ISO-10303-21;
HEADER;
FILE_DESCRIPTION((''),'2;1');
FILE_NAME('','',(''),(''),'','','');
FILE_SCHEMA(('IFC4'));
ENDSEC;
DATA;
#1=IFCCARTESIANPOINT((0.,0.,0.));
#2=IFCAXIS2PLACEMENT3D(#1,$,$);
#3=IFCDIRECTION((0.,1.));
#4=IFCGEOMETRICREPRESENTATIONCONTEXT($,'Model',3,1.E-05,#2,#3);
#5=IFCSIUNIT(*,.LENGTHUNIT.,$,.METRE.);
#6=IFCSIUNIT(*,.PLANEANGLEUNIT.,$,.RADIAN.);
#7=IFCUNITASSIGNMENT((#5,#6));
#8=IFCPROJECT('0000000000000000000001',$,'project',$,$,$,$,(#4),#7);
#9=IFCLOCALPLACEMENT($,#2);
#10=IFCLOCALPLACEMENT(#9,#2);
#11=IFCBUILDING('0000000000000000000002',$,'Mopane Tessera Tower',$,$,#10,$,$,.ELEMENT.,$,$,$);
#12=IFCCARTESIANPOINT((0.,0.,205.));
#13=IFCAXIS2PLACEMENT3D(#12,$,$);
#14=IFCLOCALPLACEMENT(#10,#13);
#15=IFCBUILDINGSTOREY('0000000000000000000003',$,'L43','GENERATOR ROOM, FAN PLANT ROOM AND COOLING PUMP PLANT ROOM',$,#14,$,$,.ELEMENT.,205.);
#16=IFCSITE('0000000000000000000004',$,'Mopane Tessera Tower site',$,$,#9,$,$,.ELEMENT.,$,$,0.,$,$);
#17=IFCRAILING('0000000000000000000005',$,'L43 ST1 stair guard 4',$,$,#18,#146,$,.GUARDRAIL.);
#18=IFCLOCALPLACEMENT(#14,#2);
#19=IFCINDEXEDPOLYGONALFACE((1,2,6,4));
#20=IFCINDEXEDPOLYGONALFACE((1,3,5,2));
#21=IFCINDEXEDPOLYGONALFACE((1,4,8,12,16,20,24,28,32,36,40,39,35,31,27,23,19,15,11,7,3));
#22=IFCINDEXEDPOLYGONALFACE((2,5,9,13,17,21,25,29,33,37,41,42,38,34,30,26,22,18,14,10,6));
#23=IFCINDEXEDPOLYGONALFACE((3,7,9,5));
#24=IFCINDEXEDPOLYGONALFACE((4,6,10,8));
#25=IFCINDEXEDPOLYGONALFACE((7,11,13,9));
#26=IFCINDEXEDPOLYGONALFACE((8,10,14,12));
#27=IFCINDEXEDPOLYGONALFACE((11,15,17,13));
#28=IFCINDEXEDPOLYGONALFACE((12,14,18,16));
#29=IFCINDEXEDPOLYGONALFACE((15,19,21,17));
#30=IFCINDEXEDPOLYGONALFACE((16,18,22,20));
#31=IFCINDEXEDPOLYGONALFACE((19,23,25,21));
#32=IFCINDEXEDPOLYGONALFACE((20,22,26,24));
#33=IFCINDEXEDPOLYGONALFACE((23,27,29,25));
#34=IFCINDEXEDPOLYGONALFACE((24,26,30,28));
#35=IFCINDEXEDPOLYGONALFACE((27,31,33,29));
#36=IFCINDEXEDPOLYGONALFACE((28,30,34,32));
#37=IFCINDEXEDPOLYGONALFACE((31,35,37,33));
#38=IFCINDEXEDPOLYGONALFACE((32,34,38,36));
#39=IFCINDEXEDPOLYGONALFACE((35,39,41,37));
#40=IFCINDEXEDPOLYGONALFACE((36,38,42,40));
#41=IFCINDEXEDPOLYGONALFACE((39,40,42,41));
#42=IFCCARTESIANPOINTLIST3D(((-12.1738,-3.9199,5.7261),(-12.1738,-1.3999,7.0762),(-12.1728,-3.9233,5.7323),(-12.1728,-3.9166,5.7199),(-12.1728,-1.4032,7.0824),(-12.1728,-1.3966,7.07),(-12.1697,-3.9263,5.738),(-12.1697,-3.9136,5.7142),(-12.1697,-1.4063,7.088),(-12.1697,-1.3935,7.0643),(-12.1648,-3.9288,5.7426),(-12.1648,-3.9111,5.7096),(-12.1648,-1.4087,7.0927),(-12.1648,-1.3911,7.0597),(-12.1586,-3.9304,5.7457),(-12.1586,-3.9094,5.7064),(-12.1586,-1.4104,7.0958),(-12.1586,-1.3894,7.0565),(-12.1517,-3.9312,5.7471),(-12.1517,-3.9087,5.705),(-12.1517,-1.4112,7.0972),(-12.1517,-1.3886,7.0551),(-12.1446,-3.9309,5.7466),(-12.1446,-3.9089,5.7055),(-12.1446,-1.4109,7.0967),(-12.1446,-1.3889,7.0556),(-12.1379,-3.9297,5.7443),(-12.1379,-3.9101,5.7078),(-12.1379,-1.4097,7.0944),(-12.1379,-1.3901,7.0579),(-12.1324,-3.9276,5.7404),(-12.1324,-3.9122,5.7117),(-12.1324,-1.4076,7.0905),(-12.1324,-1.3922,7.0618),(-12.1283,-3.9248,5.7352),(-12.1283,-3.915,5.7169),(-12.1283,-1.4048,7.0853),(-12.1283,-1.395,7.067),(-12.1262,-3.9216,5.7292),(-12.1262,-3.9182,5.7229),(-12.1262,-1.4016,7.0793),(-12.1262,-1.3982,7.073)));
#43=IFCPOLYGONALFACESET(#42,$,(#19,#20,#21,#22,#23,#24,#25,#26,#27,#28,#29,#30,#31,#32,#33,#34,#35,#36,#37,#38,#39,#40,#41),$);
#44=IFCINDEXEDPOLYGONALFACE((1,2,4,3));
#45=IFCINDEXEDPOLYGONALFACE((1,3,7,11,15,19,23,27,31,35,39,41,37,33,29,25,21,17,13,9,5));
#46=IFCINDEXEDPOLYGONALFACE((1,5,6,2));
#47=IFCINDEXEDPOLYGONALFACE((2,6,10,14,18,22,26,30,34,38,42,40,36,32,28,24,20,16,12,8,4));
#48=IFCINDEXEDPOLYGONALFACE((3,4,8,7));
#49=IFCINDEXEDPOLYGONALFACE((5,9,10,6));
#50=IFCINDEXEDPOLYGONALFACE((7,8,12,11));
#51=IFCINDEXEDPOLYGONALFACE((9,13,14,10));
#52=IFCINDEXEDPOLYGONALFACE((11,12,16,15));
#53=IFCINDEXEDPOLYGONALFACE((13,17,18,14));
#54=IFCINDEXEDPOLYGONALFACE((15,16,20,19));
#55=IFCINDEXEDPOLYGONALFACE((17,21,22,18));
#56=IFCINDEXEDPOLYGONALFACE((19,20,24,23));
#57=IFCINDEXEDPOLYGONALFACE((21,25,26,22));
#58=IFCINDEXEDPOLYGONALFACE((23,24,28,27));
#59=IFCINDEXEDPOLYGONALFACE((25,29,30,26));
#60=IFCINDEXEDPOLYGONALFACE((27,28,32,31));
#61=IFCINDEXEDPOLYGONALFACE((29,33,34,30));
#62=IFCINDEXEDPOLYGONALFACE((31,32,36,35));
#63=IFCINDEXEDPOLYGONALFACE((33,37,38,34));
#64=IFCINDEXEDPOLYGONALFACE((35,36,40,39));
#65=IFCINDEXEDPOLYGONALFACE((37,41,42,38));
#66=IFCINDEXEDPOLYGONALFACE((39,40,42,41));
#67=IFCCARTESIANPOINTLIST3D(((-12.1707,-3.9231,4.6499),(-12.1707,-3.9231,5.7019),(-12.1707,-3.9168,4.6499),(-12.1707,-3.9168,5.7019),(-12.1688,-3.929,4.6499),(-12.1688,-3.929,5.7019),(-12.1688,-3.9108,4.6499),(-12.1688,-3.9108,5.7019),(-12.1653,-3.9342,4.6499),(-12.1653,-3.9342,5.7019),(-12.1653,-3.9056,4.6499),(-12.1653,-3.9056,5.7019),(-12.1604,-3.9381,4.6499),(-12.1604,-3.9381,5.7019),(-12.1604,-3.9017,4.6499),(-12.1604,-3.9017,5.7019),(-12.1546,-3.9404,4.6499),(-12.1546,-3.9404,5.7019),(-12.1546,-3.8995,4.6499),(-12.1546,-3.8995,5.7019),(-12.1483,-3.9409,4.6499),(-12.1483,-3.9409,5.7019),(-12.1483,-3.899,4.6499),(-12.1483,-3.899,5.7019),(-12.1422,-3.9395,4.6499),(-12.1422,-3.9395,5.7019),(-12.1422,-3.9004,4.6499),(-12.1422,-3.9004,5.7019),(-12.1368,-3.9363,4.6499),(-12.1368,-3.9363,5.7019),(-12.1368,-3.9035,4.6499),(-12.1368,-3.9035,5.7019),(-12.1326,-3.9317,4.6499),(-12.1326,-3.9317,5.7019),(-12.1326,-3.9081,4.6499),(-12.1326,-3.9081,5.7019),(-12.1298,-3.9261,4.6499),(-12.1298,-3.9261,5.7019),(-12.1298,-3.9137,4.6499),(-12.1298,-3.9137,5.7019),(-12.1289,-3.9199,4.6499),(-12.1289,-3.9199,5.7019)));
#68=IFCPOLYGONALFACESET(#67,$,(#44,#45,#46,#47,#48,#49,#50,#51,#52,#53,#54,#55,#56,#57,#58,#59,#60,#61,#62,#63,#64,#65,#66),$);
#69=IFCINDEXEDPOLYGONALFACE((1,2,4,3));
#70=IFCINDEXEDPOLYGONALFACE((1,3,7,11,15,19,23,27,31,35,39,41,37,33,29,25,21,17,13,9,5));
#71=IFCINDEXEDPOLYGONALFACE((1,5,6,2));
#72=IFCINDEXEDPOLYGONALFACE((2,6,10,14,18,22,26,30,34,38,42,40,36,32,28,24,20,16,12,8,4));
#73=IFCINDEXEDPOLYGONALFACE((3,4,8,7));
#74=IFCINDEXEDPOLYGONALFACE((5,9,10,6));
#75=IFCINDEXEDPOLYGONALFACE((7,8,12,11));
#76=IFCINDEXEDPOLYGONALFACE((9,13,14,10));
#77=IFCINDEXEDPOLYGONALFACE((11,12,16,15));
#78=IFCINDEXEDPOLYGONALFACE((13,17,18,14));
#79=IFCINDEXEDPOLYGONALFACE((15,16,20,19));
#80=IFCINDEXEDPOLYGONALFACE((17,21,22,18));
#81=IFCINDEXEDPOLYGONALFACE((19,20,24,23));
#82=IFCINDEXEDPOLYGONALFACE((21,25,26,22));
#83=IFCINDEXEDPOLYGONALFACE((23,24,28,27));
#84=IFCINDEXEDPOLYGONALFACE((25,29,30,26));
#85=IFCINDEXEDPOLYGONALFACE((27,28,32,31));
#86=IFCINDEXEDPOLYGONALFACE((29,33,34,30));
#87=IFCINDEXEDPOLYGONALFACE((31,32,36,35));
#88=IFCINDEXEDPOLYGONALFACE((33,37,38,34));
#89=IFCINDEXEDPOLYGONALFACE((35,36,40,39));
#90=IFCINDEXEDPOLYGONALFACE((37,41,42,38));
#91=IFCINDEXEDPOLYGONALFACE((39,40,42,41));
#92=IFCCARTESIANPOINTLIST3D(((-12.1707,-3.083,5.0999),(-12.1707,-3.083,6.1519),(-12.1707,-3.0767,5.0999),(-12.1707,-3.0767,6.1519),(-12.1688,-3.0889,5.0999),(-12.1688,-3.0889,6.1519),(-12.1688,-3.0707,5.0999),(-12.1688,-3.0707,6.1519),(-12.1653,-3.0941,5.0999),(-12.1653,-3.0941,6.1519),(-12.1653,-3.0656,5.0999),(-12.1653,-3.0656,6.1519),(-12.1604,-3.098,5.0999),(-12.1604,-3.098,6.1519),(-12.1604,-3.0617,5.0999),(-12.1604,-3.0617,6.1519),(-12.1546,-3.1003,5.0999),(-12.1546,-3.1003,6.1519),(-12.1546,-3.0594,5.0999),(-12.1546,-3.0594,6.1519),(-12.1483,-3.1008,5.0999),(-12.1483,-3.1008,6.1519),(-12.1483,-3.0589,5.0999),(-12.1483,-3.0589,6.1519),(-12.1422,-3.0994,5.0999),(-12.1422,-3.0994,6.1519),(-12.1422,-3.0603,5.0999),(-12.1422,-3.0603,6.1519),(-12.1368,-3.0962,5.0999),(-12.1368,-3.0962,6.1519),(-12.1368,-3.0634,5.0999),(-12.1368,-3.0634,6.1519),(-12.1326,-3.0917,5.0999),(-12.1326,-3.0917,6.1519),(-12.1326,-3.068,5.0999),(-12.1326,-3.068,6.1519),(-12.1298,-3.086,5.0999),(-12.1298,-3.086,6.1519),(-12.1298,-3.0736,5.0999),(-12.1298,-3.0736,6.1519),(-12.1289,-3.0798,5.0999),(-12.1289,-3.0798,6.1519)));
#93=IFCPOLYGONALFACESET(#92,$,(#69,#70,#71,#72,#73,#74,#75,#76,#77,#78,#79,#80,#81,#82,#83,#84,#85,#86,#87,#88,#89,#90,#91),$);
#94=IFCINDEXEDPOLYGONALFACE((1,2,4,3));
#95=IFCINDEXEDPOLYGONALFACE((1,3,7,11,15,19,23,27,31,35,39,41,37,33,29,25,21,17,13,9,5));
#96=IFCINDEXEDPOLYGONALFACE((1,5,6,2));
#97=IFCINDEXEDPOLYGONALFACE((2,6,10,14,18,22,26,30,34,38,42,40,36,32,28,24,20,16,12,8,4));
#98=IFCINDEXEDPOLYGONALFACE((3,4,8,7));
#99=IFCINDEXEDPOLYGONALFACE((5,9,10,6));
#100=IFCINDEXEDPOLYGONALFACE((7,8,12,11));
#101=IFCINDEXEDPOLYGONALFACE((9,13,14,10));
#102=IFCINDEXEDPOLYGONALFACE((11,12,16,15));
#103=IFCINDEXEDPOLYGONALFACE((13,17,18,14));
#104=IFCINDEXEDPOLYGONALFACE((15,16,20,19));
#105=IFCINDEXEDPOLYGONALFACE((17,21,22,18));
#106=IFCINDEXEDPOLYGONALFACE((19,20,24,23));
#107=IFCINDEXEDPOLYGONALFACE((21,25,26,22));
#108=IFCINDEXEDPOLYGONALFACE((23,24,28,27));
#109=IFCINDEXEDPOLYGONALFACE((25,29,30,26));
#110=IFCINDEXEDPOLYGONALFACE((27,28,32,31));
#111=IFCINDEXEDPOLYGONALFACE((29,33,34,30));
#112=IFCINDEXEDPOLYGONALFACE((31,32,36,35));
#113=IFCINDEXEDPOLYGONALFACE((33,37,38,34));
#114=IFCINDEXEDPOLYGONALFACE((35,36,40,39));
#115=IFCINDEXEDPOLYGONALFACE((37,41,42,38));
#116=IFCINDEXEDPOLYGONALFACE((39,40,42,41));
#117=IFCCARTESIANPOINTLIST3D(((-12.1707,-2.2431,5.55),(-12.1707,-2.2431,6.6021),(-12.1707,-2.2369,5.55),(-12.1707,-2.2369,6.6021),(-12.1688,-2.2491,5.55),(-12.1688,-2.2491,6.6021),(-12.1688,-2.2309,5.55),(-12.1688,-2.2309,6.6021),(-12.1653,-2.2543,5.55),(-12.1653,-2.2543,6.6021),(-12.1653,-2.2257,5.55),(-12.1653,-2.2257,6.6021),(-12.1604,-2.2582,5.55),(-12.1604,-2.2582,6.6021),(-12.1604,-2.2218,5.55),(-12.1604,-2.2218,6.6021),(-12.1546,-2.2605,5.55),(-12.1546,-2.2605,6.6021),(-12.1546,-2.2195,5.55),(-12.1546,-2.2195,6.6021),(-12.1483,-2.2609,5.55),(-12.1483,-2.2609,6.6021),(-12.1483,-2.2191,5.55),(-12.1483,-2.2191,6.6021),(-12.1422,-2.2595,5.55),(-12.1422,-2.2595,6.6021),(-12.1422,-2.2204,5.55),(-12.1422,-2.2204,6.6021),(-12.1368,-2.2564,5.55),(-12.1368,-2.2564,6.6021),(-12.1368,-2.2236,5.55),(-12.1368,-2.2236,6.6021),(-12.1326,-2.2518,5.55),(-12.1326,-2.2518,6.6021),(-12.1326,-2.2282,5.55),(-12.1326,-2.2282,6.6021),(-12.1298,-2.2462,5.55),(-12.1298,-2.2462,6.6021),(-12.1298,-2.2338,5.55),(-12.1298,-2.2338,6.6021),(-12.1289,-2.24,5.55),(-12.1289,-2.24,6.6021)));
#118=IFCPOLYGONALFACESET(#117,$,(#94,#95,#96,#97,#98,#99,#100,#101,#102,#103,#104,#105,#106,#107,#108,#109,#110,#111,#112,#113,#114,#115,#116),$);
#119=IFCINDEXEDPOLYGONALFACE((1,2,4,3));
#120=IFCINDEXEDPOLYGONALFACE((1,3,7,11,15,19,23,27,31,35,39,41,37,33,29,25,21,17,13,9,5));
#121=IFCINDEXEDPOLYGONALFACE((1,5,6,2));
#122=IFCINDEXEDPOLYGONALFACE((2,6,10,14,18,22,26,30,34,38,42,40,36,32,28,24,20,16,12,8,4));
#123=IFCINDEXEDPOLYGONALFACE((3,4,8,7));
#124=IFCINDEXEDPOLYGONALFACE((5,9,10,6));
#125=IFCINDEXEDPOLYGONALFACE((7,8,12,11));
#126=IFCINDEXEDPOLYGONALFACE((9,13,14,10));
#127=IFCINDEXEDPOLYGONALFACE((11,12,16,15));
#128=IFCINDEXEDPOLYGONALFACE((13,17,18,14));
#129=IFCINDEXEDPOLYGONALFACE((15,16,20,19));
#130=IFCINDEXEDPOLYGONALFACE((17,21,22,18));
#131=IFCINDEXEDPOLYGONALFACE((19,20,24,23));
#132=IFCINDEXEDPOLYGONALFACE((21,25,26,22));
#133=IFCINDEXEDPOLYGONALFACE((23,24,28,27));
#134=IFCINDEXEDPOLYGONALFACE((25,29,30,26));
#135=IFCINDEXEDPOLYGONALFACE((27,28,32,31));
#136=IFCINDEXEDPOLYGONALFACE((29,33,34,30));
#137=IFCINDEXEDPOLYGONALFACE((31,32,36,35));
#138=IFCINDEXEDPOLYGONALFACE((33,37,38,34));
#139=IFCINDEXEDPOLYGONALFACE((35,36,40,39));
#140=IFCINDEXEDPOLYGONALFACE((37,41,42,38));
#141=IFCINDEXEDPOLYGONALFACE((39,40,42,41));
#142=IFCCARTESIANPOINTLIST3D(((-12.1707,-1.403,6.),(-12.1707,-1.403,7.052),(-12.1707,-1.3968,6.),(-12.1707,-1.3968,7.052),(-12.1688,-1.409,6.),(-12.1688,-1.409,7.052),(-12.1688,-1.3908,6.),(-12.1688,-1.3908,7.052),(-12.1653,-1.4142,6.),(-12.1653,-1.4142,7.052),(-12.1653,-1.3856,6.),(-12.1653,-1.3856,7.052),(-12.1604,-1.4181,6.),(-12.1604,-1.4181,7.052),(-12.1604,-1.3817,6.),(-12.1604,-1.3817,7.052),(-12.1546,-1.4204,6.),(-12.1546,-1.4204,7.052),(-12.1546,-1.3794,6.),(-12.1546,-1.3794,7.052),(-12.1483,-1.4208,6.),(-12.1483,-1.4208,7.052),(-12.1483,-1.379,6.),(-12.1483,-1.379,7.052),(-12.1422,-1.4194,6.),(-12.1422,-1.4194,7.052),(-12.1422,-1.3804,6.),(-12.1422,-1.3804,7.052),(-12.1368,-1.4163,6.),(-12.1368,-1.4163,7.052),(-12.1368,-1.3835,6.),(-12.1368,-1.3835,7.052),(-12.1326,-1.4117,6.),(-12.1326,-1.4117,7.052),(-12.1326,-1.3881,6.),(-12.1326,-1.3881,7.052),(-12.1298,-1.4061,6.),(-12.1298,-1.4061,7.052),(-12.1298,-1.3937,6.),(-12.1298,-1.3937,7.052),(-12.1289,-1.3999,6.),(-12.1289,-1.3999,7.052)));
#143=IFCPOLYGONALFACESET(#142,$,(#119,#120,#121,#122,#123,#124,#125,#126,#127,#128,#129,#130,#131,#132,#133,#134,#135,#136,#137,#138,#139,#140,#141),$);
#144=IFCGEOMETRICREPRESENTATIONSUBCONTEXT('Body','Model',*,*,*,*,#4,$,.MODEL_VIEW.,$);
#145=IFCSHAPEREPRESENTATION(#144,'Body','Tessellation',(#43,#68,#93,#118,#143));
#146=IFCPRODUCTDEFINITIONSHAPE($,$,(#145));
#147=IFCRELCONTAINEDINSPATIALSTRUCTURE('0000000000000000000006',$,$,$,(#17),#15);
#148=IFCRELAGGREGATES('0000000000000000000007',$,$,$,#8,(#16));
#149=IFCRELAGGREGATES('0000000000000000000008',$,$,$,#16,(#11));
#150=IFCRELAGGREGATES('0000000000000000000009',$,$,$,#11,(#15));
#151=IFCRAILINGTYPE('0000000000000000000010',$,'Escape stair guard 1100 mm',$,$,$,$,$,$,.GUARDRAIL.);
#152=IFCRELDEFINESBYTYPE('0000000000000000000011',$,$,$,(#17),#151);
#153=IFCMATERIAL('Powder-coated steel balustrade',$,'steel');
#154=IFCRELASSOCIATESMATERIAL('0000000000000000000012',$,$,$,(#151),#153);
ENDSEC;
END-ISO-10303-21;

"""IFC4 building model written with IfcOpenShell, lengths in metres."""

from ifc_helpers import new_model, si_unit, direction, frame, origin, origin_2d, place, context, subcontext, project, spatial, circle, extrude, material, type_object, element, save


model = new_model("IFC4")

# Units and contexts
model_context = context("Model", 3, precision=1e-05, world=origin(), true_north=direction((0.0, 1.0)))
body_context = subcontext(model_context, "Body", "Model", "MODEL_VIEW")
ifc_project = project(units=[si_unit("LENGTHUNIT", "METRE"), si_unit("PLANEANGLEUNIT", "RADIAN")], contexts=[model_context])

# Site, building, storey
site_placement = place(None, origin())
site = spatial("IfcSite", under=ifc_project, at=site_placement, Name="Mopane Tessera Tower site", CompositionType="ELEMENT", RefElevation=0.0)
building_placement = place(site_placement, origin())
building = spatial("IfcBuilding", under=site, at=building_placement, Name="Mopane Tessera Tower", CompositionType="ELEMENT")
storey_placement = place(building_placement, frame((0.0, 0.0, 205.0)))
storey = spatial("IfcBuildingStorey", under=building, at=storey_placement, Name="L43", Description="GENERATOR ROOM, FAN PLANT ROOM AND COOLING PUMP PLANT ROOM", CompositionType="ELEMENT", Elevation=205.0)

# Railing
ifc_material_1 = material(Name="Powder-coated steel balustrade", Category="steel")
railing_type_1 = type_object("IfcRailingType", Name="Escape stair guard 1100 mm", PredefinedType="GUARDRAIL", material=ifc_material_1)
railing_1_placement = place(storey_placement, frame((-12.1499, -3.9199, 4.6499)))
element("IfcRailing", 1, at=railing_1_placement, inside=storey, type_object=railing_type_1, Name="L43 ST1 stair guard 4", PredefinedType="GUARDRAIL", context=body_context, shape_type="SweptSolid", body=[
    extrude(circle(Radius=0.0239, at=origin_2d()), frame((0.0, 0.0, 1.0762), z_axis=(0.0, 0.881467, 0.472245), x_axis=(-1.0, 0.0, 0.0)), (0.0, 0.0, 1.0), 2.8589),
    extrude(circle(Radius=0.021, at=origin_2d()), origin(), (0.0, 0.0, 1.0), 1.052),
    extrude(circle(Radius=0.021, at=origin_2d()), frame((0.0, 0.8401, 0.45)), (0.0, 0.0, 1.0), 1.052),
    extrude(circle(Radius=0.021, at=origin_2d()), frame((0.0, 1.6799, 0.9001)), (0.0, 0.0, 1.0), 1.052),
    extrude(circle(Radius=0.021, at=origin_2d()), frame((0.0, 2.52, 1.3501)), (0.0, 0.0, 1.0), 1.052),
])

save(model, "model.ifc")
